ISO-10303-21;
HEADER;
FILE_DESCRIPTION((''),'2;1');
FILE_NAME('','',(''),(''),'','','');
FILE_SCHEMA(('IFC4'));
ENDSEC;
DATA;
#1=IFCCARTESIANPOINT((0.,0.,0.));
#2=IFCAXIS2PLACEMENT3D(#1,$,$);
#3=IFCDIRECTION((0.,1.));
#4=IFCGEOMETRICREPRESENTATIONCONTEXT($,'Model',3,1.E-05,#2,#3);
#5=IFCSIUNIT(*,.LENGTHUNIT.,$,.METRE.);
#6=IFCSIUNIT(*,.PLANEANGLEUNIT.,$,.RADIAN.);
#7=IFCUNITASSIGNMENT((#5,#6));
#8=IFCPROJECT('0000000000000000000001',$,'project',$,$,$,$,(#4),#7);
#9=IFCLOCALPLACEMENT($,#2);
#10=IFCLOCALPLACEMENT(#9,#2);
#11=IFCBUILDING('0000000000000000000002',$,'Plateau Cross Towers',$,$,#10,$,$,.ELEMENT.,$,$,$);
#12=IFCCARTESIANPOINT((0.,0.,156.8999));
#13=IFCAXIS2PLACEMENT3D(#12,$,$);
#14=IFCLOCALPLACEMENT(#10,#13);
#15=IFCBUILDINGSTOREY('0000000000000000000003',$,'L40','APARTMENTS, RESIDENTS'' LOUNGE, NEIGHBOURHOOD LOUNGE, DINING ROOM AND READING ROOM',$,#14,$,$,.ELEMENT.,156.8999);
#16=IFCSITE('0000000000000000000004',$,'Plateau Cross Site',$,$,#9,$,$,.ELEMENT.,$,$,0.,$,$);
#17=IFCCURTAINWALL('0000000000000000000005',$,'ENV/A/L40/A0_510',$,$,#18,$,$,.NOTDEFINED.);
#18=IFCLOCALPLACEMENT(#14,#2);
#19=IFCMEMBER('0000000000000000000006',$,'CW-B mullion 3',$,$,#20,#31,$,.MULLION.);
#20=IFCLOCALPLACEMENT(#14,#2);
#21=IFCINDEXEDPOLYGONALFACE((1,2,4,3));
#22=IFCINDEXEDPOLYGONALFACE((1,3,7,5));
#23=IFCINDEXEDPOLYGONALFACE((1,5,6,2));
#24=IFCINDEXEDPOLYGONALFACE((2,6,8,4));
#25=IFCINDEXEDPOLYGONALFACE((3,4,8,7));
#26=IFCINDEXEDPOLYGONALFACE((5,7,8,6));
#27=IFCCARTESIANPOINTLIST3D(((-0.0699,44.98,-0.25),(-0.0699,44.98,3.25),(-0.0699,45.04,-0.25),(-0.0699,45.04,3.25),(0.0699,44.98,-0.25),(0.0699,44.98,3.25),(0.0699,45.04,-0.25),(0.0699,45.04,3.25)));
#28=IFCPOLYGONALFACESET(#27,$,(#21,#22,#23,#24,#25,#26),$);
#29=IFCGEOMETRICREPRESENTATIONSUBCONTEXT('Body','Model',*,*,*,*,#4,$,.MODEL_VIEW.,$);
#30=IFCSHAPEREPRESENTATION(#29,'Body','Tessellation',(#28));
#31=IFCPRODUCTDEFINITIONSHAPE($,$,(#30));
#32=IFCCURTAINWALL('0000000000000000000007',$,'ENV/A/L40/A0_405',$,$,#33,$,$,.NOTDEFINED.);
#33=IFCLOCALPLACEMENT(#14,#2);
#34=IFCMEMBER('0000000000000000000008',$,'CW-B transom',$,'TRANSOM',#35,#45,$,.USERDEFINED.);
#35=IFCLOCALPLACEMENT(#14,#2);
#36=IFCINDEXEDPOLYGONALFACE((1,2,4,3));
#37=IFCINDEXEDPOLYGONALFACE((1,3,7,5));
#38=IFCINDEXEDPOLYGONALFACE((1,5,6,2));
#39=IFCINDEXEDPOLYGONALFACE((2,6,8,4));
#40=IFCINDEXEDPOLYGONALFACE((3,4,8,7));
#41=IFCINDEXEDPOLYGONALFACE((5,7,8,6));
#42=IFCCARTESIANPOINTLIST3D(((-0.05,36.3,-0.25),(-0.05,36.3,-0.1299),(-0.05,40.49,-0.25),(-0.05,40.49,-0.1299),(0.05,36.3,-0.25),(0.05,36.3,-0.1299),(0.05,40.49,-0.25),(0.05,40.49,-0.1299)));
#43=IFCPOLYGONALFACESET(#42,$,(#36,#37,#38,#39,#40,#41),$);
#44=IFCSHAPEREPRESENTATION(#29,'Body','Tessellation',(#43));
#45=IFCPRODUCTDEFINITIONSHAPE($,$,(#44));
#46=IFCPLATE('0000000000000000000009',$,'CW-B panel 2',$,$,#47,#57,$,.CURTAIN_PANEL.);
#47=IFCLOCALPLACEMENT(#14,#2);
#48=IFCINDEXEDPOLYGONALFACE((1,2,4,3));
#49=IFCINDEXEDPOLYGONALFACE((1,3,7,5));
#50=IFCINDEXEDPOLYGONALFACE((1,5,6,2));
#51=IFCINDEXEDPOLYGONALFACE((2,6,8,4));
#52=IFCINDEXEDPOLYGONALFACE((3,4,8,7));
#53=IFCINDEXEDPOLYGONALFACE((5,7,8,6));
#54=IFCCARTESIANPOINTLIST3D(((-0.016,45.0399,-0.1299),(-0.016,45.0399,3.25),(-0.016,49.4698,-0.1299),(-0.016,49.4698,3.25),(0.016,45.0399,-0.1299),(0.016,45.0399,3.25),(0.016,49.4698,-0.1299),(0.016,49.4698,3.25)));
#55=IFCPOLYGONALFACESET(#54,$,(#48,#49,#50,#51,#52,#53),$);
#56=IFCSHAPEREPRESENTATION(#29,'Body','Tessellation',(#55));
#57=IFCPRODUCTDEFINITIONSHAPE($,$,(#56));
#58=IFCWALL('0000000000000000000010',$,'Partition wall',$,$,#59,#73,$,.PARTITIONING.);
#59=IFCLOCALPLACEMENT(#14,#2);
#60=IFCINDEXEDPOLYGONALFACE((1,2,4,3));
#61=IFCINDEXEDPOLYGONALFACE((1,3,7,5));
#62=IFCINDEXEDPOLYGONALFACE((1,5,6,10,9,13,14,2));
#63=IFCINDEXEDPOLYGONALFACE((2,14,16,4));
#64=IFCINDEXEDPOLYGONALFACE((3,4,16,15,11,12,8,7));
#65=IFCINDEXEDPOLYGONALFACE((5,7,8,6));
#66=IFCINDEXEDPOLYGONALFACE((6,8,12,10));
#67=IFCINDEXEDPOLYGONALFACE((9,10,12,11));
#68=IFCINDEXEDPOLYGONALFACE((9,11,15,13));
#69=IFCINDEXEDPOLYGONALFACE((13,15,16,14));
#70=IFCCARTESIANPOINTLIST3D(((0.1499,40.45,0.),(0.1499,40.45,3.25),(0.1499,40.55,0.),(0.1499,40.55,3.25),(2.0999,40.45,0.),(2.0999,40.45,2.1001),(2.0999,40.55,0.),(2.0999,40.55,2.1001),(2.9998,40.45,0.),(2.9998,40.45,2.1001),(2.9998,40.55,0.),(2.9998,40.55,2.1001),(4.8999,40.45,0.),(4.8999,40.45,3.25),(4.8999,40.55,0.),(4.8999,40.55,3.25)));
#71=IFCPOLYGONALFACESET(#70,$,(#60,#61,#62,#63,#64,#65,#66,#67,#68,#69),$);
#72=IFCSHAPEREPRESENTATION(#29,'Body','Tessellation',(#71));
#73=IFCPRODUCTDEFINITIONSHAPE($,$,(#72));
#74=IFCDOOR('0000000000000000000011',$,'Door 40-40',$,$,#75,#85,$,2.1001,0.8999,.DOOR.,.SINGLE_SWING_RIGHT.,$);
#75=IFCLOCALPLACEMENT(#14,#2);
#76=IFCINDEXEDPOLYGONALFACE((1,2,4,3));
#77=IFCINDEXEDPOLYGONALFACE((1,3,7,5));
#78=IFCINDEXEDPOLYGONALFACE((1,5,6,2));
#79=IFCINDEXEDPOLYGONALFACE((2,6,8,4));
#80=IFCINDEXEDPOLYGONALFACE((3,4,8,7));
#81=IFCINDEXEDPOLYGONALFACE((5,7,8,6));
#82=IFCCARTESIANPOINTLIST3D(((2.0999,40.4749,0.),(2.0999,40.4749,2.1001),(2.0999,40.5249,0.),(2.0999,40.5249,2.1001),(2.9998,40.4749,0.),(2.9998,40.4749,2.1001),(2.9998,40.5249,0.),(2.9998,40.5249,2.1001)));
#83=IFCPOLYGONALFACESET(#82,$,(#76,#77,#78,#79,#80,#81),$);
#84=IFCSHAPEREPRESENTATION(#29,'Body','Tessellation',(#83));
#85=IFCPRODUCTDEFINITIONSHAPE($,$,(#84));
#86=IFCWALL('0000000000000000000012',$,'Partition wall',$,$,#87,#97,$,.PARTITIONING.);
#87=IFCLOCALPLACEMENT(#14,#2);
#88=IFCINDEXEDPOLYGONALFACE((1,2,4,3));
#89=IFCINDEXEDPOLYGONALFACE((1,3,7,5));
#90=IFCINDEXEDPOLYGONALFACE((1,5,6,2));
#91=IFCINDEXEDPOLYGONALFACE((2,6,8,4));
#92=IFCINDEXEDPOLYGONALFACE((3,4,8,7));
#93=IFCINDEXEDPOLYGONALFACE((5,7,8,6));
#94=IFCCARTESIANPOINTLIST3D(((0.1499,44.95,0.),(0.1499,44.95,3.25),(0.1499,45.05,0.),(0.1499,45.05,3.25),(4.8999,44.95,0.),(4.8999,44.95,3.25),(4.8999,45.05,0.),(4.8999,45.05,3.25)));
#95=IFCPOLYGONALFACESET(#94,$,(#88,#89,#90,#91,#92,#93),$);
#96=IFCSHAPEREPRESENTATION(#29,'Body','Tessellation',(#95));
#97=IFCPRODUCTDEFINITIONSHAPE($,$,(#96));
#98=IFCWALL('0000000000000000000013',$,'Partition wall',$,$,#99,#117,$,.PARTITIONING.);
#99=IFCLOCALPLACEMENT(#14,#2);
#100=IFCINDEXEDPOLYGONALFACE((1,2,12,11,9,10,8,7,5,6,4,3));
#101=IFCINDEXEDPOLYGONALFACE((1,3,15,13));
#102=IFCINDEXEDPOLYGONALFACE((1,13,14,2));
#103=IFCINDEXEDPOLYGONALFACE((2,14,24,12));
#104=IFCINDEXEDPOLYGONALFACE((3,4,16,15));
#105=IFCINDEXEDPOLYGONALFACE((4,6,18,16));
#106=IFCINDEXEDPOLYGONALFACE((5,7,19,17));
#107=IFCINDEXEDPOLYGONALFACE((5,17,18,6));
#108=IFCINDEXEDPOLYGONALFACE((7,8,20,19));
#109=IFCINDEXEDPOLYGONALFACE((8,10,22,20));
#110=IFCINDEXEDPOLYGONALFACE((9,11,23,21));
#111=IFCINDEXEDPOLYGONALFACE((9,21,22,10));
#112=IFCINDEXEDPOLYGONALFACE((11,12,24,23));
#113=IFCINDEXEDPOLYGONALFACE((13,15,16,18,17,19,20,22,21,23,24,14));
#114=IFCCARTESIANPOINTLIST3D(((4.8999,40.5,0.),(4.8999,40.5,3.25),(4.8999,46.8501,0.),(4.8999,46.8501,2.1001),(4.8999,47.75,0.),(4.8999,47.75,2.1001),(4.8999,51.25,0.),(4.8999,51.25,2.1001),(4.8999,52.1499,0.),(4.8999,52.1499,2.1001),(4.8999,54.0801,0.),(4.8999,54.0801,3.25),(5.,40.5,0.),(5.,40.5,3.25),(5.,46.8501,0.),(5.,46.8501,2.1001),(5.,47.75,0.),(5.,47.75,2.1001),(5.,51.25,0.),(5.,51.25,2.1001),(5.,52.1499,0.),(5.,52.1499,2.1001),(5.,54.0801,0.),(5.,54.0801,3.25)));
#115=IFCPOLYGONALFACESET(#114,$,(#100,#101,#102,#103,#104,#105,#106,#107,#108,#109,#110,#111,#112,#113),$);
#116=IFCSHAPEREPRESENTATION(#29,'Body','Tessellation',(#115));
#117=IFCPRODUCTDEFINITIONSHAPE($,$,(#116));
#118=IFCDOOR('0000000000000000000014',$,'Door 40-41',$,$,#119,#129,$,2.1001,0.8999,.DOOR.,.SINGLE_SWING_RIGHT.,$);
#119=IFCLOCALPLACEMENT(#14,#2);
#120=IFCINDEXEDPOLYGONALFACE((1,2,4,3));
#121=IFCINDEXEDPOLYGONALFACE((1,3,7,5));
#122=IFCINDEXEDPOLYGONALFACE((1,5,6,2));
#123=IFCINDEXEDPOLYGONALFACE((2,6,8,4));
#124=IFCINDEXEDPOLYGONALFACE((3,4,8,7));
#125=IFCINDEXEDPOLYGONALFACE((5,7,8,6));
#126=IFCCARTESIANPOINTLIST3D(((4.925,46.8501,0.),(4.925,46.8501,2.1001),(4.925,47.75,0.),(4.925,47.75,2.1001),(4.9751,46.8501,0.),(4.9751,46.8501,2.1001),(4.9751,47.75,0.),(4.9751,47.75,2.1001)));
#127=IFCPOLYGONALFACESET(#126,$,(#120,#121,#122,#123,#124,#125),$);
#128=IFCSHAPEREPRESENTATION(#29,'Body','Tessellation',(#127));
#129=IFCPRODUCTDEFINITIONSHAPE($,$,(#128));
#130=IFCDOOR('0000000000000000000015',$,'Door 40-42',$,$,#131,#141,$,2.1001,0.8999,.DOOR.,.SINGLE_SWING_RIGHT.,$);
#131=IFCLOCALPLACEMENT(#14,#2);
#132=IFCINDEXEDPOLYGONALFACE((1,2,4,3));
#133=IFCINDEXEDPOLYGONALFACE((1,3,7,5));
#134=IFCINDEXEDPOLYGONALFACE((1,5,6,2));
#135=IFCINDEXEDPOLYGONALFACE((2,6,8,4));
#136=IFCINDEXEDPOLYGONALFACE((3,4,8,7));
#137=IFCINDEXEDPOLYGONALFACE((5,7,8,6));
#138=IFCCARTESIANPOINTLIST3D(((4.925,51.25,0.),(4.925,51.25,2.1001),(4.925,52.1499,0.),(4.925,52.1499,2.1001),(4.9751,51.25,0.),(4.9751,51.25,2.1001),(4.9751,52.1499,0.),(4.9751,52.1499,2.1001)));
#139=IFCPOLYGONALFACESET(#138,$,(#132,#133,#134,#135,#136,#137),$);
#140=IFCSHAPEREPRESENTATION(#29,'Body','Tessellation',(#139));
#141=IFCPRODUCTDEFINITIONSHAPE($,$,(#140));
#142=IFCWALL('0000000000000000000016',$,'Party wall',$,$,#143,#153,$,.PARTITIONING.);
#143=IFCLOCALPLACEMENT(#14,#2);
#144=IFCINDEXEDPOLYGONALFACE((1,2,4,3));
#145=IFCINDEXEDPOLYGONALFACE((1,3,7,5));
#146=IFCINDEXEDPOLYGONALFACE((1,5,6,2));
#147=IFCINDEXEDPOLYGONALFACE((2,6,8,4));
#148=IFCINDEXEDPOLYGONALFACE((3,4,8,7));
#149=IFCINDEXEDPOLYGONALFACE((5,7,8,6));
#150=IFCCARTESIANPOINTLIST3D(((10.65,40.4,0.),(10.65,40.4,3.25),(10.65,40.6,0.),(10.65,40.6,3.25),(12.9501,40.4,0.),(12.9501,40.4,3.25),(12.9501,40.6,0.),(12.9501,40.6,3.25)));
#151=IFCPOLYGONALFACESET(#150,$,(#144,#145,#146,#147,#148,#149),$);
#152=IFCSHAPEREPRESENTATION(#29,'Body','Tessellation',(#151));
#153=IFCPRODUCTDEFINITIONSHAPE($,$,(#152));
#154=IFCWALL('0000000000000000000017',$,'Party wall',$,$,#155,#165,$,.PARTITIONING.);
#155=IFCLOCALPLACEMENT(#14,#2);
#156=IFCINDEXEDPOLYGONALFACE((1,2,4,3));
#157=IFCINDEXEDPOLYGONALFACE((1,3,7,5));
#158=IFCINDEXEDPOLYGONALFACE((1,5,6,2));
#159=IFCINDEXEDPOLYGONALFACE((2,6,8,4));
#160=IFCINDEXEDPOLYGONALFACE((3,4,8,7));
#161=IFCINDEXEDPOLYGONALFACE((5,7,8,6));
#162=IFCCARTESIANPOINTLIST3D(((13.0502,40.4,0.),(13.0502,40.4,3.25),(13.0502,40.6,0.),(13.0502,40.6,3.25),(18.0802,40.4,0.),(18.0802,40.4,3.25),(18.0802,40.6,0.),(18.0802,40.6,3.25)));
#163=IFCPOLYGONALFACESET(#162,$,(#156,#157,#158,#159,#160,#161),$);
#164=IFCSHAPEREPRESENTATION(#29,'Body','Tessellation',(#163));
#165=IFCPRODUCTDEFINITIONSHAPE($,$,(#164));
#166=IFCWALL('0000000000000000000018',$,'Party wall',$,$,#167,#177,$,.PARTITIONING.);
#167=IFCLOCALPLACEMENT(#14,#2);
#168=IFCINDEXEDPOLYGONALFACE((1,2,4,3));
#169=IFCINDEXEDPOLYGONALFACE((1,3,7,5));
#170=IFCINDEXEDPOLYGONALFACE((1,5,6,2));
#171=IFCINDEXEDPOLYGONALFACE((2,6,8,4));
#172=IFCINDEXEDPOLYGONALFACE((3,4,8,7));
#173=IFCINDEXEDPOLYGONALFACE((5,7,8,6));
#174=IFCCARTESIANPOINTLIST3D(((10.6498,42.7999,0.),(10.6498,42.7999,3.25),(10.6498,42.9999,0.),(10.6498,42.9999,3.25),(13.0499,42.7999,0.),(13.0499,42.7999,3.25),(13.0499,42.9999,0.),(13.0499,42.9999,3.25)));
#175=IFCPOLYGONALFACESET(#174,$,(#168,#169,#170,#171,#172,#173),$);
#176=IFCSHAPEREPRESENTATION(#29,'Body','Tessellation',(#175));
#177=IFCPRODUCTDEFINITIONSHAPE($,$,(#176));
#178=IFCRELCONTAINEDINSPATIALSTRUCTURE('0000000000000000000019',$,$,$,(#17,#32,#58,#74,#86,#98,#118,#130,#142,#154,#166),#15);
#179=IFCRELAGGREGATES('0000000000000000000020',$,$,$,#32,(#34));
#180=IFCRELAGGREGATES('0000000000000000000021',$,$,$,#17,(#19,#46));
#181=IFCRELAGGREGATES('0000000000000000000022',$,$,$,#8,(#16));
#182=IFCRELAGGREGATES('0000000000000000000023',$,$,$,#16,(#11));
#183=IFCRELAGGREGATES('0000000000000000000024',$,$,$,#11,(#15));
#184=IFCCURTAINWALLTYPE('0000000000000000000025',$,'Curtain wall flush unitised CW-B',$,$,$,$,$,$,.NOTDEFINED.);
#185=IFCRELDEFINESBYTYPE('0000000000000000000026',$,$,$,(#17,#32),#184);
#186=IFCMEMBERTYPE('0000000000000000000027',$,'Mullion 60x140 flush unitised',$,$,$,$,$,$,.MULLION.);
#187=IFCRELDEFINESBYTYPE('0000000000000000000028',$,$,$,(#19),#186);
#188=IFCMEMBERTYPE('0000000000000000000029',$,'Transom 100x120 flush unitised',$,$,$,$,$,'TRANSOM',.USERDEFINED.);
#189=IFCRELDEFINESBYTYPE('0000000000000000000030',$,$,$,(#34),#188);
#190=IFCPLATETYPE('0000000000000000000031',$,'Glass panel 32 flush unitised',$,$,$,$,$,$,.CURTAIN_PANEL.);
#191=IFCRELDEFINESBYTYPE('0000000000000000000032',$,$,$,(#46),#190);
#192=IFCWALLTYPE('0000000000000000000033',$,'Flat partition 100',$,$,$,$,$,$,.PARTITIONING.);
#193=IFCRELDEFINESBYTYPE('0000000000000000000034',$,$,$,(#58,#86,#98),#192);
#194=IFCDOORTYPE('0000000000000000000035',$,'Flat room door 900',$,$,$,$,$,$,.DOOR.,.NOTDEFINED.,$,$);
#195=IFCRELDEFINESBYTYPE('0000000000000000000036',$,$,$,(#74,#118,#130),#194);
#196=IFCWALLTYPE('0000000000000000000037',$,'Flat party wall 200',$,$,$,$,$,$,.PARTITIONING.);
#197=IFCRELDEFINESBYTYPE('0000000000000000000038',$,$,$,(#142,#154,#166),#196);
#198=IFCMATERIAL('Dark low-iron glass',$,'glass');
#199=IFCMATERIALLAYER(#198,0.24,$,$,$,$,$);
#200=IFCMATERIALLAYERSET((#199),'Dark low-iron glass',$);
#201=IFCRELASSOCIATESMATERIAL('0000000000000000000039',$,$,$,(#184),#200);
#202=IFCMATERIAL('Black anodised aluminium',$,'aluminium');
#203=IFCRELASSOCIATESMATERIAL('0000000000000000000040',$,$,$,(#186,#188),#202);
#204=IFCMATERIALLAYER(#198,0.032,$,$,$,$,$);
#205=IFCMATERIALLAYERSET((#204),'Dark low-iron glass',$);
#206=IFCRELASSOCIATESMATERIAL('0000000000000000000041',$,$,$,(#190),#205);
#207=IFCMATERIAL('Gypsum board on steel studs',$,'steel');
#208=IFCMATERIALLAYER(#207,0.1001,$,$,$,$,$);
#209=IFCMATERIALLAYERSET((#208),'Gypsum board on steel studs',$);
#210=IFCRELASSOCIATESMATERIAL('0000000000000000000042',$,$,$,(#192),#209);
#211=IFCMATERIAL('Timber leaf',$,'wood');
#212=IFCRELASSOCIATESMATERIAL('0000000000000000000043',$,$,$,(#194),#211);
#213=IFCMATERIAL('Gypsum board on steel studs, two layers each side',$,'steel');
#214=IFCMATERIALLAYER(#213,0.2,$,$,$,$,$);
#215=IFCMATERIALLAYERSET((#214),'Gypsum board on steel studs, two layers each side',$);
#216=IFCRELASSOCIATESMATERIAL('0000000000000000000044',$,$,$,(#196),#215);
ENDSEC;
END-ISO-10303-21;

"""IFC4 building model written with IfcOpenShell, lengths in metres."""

from ifc_helpers import new_model, si_unit, direction, frame, frame_2d, origin, origin_2d, place, context, subcontext, project, spatial, rectangle, extrude, material, layer, layer_set, material_profile, profile_set, type_object, element, fill, aggregate, save


model = new_model("IFC4")

# Units and contexts
model_context = context("Model", 3, precision=1e-05, world=origin(), true_north=direction((0.0, 1.0)))
body_context = subcontext(model_context, "Body", "Model", "MODEL_VIEW")
ifc_project = project(units=[si_unit("LENGTHUNIT", "METRE"), si_unit("PLANEANGLEUNIT", "RADIAN")], contexts=[model_context])

# Site, building, storey
site_placement = place(None, origin())
site = spatial("IfcSite", under=ifc_project, at=site_placement, Name="Plateau Cross Site", CompositionType="ELEMENT", RefElevation=0.0)
building_placement = place(site_placement, origin())
building = spatial("IfcBuilding", under=site, at=building_placement, Name="Plateau Cross Towers", CompositionType="ELEMENT")
storey_placement = place(building_placement, frame((0.0, 0.0, 156.8999)))
storey = spatial("IfcBuildingStorey", under=building, at=storey_placement, Name="L40", Description="APARTMENTS, RESIDENTS' LOUNGE, NEIGHBOURHOOD LOUNGE, DINING ROOM AND READING ROOM", CompositionType="ELEMENT", Elevation=156.8999)

# Curtain walls, members
ifc_material_1 = material(Name="Dark low-iron glass", Category="glass")
ifc_layer_1 = layer(ifc_material_1, 0.24)
ifc_layer_set_1 = layer_set([ifc_layer_1], Name="Dark low-iron glass")
curtain_wall_type = type_object("IfcCurtainWallType", Name="Curtain wall flush unitised CW-B", PredefinedType="NOTDEFINED", material=ifc_layer_set_1)
curtain_wall_1_placement = place(storey_placement, origin())
curtain_wall_1 = element("IfcCurtainWall", 1, at=curtain_wall_1_placement, inside=storey, type_object=curtain_wall_type, Name="ENV/A/L40/A0_510", PredefinedType="NOTDEFINED")
ifc_material_2 = material(Name="Black anodised aluminium", Category="aluminium")
ifc_material_profile_1 = material_profile(ifc_material_2, rectangle(XDim=0.0601, YDim=0.1399, at=origin_2d()), Name="MULLION 60x140")
ifc_profile_set_1 = profile_set([ifc_material_profile_1], Name="Black anodised aluminium")
member_type_1 = type_object("IfcMemberType", Name="Mullion 60x140 flush unitised", PredefinedType="MULLION", material=ifc_profile_set_1)
member_1_placement = place(storey_placement, frame((0.0, 45.01, -0.25), z_axis=(0.0, 0.0, 1.0), x_axis=(0.0, -1.0, 0.0)))
member_1 = element("IfcMember", 2, at=member_1_placement, type_object=member_type_1, Name="CW-B mullion 3", PredefinedType="MULLION", context=body_context, shape_type="SweptSolid", body=[
    extrude(rectangle(XDim=0.0601, YDim=0.1399, at=origin_2d()), origin(), (0.0, 0.0, 1.0), 3.5),
])
curtain_wall_2_placement = place(storey_placement, origin())
curtain_wall_2 = element("IfcCurtainWall", 3, at=curtain_wall_2_placement, inside=storey, type_object=curtain_wall_type, Name="ENV/A/L40/A0_405", PredefinedType="NOTDEFINED")
ifc_material_profile_2 = material_profile(ifc_material_2, rectangle(XDim=0.1001, YDim=0.1201, at=origin_2d()), Name="TRANSOM 100x120")
ifc_profile_set_2 = profile_set([ifc_material_profile_2], Name="Black anodised aluminium")
member_type_2 = type_object("IfcMemberType", Name="Transom 100x120 flush unitised", ElementType="TRANSOM", PredefinedType="USERDEFINED", material=ifc_profile_set_2)
member_2_placement = place(storey_placement, frame((0.0, 40.49, -0.1899), z_axis=(0.0, -1.0, 0.0), x_axis=(1.0, 0.0, 0.0)))
member_2 = element("IfcMember", 4, at=member_2_placement, type_object=member_type_2, Name="CW-B transom", ObjectType="TRANSOM", PredefinedType="USERDEFINED", context=body_context, shape_type="SweptSolid", body=[
    extrude(rectangle(XDim=0.1001, YDim=0.1201, at=origin_2d()), origin(), (0.0, 0.0, 1.0), 4.1899),
])
aggregate(curtain_wall_2, [member_2])

# Plate
ifc_layer_2 = layer(ifc_material_1, 0.032)
ifc_layer_set_2 = layer_set([ifc_layer_2], Name="Dark low-iron glass")
plate_type = type_object("IfcPlateType", Name="Glass panel 32 flush unitised", PredefinedType="CURTAIN_PANEL", material=ifc_layer_set_2)
plate_placement = place(storey_placement, frame((0.0, 47.2549, -0.1299), z_axis=(0.0, 0.0, 1.0), x_axis=(0.0, -1.0, 0.0)))
plate = element("IfcPlate", 5, at=plate_placement, type_object=plate_type, Name="CW-B panel 2", PredefinedType="CURTAIN_PANEL", context=body_context, shape_type="SweptSolid", body=[
    extrude(rectangle(XDim=4.4299, YDim=0.032, at=origin_2d()), origin(), (0.0, 0.0, 1.0), 3.3799),
])
aggregate(curtain_wall_1, [member_1, plate])

# Wall, opening, door
ifc_material_3 = material(Name="Gypsum board on steel studs", Category="steel")
ifc_layer_3 = layer(ifc_material_3, 0.1001)
ifc_layer_set_3 = layer_set([ifc_layer_3], Name="Gypsum board on steel studs")
wall_type_1 = type_object("IfcWallType", Name="Flat partition 100", PredefinedType="PARTITIONING", material=ifc_layer_set_3)
wall_1_placement = place(storey_placement, frame((0.1499, 40.5, 0.0), z_axis=(0.0, 0.0, 1.0), x_axis=(1.0, 0.0, 0.0)))
wall_1 = element("IfcWall", 6, at=wall_1_placement, inside=storey, type_object=wall_type_1, Name="Partition wall", PredefinedType="PARTITIONING", context=body_context, shape_type="SweptSolid", body=[
    extrude(rectangle(XDim=4.75, YDim=0.1001, at=frame_2d((2.375, 0.0))), origin(), (0.0, 0.0, 1.0), 3.25),
])
opening_1_placement = place(wall_1_placement, frame((1.95, 0.0, 0.0)))
opening_1 = element("IfcOpeningElement", 7, at=opening_1_placement, cuts=wall_1, PredefinedType="OPENING", context=body_context, shape_type="SweptSolid", body=[
    extrude(rectangle(XDim=0.8999, YDim=2.1001, at=frame_2d((0.45, 1.05))), frame((0.0, 0.0601, 0.0), z_axis=(0.0, -1.0, 0.0), x_axis=(1.0, 0.0, 0.0)), (0.0, 0.0, 1.0), 0.1201),
])
ifc_material_4 = material(Name="Timber leaf", Category="wood")
door_type_1 = type_object("IfcDoorType", Name="Flat room door 900", OperationType="NOTDEFINED", PredefinedType="DOOR", material=ifc_material_4)
door_1_placement = place(opening_1_placement, origin())
door_1 = element("IfcDoor", 8, at=door_1_placement, inside=storey, type_object=door_type_1, Name="Door 40-40", OperationType="SINGLE_SWING_RIGHT", OverallHeight=2.1001, OverallWidth=0.8999, PredefinedType="DOOR", context=body_context, shape_type="SweptSolid", body=[
    extrude(rectangle(XDim=0.8999, YDim=2.1001, at=frame_2d((0.45, 1.05))), frame((0.0, 0.0249, 0.0), z_axis=(0.0, -1.0, 0.0), x_axis=(1.0, 0.0, 0.0)), (0.0, 0.0, 1.0), 0.05),
])
fill(opening_1, door_1)

# Wall
wall_2_placement = place(storey_placement, frame((4.8999, 45.0, 0.0), z_axis=(0.0, 0.0, 1.0), x_axis=(-1.0, 0.0, 0.0)))
element("IfcWall", 9, at=wall_2_placement, inside=storey, type_object=wall_type_1, Name="Partition wall", PredefinedType="PARTITIONING", context=body_context, shape_type="SweptSolid", body=[
    extrude(rectangle(XDim=4.75, YDim=0.1001, at=frame_2d((2.375, 0.0))), origin(), (0.0, 0.0, 1.0), 3.25),
])

# Wall, openings, doors
wall_3_placement = place(storey_placement, frame((4.95, 40.5, 0.0), z_axis=(0.0, 0.0, 1.0), x_axis=(0.0, 1.0, 0.0)))
wall_3 = element("IfcWall", 10, at=wall_3_placement, inside=storey, type_object=wall_type_1, Name="Partition wall", PredefinedType="PARTITIONING", context=body_context, shape_type="SweptSolid", body=[
    extrude(rectangle(XDim=13.5801, YDim=0.1001, at=frame_2d((6.79, 0.0))), origin(), (0.0, 0.0, 1.0), 3.25),
])
opening_2_placement = place(wall_3_placement, frame((6.3501, 0.0, 0.0)))
opening_2 = element("IfcOpeningElement", 11, at=opening_2_placement, cuts=wall_3, PredefinedType="OPENING", context=body_context, shape_type="SweptSolid", body=[
    extrude(rectangle(XDim=0.8999, YDim=2.1001, at=frame_2d((0.45, 1.05))), frame((0.0, 0.0601, 0.0), z_axis=(0.0, -1.0, 0.0), x_axis=(1.0, 0.0, 0.0)), (0.0, 0.0, 1.0), 0.1201),
])
opening_3_placement = place(wall_3_placement, frame((10.75, 0.0, 0.0)))
opening_3 = element("IfcOpeningElement", 12, at=opening_3_placement, cuts=wall_3, PredefinedType="OPENING", context=body_context, shape_type="SweptSolid", body=[
    extrude(rectangle(XDim=0.8999, YDim=2.1001, at=frame_2d((0.45, 1.05))), frame((0.0, 0.0601, 0.0), z_axis=(0.0, -1.0, 0.0), x_axis=(1.0, 0.0, 0.0)), (0.0, 0.0, 1.0), 0.1201),
])
door_2_placement = place(opening_2_placement, origin())
door_2 = element("IfcDoor", 13, at=door_2_placement, inside=storey, type_object=door_type_1, Name="Door 40-41", OperationType="SINGLE_SWING_RIGHT", OverallHeight=2.1001, OverallWidth=0.8999, PredefinedType="DOOR", context=body_context, shape_type="SweptSolid", body=[
    extrude(rectangle(XDim=0.8999, YDim=2.1001, at=frame_2d((0.45, 1.05))), frame((0.0, 0.0249, 0.0), z_axis=(0.0, -1.0, 0.0), x_axis=(1.0, 0.0, 0.0)), (0.0, 0.0, 1.0), 0.05),
])
fill(opening_2, door_2)
door_3_placement = place(opening_3_placement, origin())
door_3 = element("IfcDoor", 14, at=door_3_placement, inside=storey, type_object=door_type_1, Name="Door 40-42", OperationType="SINGLE_SWING_RIGHT", OverallHeight=2.1001, OverallWidth=0.8999, PredefinedType="DOOR", context=body_context, shape_type="SweptSolid", body=[
    extrude(rectangle(XDim=0.8999, YDim=2.1001, at=frame_2d((0.45, 1.05))), frame((0.0, 0.0249, 0.0), z_axis=(0.0, -1.0, 0.0), x_axis=(1.0, 0.0, 0.0)), (0.0, 0.0, 1.0), 0.05),
])
fill(opening_3, door_3)

# Walls
ifc_material_5 = material(Name="Gypsum board on steel studs, two layers each side", Category="steel")
ifc_layer_4 = layer(ifc_material_5, 0.2)
ifc_layer_set_4 = layer_set([ifc_layer_4], Name="Gypsum board on steel studs, two layers each side")
wall_type_2 = type_object("IfcWallType", Name="Flat party wall 200", PredefinedType="PARTITIONING", material=ifc_layer_set_4)
wall_4_placement = place(storey_placement, frame((12.95, 40.5, 0.0), z_axis=(0.0, 0.0, 1.0), x_axis=(-1.0, 0.0, 0.0)))
element("IfcWall", 15, at=wall_4_placement, inside=storey, type_object=wall_type_2, Name="Party wall", PredefinedType="PARTITIONING", context=body_context, shape_type="SweptSolid", body=[
    extrude(rectangle(XDim=2.3, YDim=0.2, at=frame_2d((1.1499, 0.0))), origin(), (0.0, 0.0, 1.0), 3.25),
])
wall_5_placement = place(storey_placement, frame((13.05, 40.5, 0.0), z_axis=(0.0, 0.0, 1.0), x_axis=(1.0, 0.0, 0.0)))
element("IfcWall", 16, at=wall_5_placement, inside=storey, type_object=wall_type_2, Name="Party wall", PredefinedType="PARTITIONING", context=body_context, shape_type="SweptSolid", body=[
    extrude(rectangle(XDim=5.03, YDim=0.2, at=frame_2d((2.5151, 0.0))), origin(), (0.0, 0.0, 1.0), 3.25),
])
wall_6_placement = place(storey_placement, frame((13.05, 42.8999, 0.0), z_axis=(0.0, 0.0, 1.0), x_axis=(-1.0, 0.0, 0.0)))
element("IfcWall", 17, at=wall_6_placement, inside=storey, type_object=wall_type_2, Name="Party wall", PredefinedType="PARTITIONING", context=body_context, shape_type="SweptSolid", body=[
    extrude(rectangle(XDim=2.4001, YDim=0.2, at=frame_2d((1.2002, 0.0))), origin(), (0.0, 0.0, 1.0), 3.25),
])

save(model, "model.ifc")
